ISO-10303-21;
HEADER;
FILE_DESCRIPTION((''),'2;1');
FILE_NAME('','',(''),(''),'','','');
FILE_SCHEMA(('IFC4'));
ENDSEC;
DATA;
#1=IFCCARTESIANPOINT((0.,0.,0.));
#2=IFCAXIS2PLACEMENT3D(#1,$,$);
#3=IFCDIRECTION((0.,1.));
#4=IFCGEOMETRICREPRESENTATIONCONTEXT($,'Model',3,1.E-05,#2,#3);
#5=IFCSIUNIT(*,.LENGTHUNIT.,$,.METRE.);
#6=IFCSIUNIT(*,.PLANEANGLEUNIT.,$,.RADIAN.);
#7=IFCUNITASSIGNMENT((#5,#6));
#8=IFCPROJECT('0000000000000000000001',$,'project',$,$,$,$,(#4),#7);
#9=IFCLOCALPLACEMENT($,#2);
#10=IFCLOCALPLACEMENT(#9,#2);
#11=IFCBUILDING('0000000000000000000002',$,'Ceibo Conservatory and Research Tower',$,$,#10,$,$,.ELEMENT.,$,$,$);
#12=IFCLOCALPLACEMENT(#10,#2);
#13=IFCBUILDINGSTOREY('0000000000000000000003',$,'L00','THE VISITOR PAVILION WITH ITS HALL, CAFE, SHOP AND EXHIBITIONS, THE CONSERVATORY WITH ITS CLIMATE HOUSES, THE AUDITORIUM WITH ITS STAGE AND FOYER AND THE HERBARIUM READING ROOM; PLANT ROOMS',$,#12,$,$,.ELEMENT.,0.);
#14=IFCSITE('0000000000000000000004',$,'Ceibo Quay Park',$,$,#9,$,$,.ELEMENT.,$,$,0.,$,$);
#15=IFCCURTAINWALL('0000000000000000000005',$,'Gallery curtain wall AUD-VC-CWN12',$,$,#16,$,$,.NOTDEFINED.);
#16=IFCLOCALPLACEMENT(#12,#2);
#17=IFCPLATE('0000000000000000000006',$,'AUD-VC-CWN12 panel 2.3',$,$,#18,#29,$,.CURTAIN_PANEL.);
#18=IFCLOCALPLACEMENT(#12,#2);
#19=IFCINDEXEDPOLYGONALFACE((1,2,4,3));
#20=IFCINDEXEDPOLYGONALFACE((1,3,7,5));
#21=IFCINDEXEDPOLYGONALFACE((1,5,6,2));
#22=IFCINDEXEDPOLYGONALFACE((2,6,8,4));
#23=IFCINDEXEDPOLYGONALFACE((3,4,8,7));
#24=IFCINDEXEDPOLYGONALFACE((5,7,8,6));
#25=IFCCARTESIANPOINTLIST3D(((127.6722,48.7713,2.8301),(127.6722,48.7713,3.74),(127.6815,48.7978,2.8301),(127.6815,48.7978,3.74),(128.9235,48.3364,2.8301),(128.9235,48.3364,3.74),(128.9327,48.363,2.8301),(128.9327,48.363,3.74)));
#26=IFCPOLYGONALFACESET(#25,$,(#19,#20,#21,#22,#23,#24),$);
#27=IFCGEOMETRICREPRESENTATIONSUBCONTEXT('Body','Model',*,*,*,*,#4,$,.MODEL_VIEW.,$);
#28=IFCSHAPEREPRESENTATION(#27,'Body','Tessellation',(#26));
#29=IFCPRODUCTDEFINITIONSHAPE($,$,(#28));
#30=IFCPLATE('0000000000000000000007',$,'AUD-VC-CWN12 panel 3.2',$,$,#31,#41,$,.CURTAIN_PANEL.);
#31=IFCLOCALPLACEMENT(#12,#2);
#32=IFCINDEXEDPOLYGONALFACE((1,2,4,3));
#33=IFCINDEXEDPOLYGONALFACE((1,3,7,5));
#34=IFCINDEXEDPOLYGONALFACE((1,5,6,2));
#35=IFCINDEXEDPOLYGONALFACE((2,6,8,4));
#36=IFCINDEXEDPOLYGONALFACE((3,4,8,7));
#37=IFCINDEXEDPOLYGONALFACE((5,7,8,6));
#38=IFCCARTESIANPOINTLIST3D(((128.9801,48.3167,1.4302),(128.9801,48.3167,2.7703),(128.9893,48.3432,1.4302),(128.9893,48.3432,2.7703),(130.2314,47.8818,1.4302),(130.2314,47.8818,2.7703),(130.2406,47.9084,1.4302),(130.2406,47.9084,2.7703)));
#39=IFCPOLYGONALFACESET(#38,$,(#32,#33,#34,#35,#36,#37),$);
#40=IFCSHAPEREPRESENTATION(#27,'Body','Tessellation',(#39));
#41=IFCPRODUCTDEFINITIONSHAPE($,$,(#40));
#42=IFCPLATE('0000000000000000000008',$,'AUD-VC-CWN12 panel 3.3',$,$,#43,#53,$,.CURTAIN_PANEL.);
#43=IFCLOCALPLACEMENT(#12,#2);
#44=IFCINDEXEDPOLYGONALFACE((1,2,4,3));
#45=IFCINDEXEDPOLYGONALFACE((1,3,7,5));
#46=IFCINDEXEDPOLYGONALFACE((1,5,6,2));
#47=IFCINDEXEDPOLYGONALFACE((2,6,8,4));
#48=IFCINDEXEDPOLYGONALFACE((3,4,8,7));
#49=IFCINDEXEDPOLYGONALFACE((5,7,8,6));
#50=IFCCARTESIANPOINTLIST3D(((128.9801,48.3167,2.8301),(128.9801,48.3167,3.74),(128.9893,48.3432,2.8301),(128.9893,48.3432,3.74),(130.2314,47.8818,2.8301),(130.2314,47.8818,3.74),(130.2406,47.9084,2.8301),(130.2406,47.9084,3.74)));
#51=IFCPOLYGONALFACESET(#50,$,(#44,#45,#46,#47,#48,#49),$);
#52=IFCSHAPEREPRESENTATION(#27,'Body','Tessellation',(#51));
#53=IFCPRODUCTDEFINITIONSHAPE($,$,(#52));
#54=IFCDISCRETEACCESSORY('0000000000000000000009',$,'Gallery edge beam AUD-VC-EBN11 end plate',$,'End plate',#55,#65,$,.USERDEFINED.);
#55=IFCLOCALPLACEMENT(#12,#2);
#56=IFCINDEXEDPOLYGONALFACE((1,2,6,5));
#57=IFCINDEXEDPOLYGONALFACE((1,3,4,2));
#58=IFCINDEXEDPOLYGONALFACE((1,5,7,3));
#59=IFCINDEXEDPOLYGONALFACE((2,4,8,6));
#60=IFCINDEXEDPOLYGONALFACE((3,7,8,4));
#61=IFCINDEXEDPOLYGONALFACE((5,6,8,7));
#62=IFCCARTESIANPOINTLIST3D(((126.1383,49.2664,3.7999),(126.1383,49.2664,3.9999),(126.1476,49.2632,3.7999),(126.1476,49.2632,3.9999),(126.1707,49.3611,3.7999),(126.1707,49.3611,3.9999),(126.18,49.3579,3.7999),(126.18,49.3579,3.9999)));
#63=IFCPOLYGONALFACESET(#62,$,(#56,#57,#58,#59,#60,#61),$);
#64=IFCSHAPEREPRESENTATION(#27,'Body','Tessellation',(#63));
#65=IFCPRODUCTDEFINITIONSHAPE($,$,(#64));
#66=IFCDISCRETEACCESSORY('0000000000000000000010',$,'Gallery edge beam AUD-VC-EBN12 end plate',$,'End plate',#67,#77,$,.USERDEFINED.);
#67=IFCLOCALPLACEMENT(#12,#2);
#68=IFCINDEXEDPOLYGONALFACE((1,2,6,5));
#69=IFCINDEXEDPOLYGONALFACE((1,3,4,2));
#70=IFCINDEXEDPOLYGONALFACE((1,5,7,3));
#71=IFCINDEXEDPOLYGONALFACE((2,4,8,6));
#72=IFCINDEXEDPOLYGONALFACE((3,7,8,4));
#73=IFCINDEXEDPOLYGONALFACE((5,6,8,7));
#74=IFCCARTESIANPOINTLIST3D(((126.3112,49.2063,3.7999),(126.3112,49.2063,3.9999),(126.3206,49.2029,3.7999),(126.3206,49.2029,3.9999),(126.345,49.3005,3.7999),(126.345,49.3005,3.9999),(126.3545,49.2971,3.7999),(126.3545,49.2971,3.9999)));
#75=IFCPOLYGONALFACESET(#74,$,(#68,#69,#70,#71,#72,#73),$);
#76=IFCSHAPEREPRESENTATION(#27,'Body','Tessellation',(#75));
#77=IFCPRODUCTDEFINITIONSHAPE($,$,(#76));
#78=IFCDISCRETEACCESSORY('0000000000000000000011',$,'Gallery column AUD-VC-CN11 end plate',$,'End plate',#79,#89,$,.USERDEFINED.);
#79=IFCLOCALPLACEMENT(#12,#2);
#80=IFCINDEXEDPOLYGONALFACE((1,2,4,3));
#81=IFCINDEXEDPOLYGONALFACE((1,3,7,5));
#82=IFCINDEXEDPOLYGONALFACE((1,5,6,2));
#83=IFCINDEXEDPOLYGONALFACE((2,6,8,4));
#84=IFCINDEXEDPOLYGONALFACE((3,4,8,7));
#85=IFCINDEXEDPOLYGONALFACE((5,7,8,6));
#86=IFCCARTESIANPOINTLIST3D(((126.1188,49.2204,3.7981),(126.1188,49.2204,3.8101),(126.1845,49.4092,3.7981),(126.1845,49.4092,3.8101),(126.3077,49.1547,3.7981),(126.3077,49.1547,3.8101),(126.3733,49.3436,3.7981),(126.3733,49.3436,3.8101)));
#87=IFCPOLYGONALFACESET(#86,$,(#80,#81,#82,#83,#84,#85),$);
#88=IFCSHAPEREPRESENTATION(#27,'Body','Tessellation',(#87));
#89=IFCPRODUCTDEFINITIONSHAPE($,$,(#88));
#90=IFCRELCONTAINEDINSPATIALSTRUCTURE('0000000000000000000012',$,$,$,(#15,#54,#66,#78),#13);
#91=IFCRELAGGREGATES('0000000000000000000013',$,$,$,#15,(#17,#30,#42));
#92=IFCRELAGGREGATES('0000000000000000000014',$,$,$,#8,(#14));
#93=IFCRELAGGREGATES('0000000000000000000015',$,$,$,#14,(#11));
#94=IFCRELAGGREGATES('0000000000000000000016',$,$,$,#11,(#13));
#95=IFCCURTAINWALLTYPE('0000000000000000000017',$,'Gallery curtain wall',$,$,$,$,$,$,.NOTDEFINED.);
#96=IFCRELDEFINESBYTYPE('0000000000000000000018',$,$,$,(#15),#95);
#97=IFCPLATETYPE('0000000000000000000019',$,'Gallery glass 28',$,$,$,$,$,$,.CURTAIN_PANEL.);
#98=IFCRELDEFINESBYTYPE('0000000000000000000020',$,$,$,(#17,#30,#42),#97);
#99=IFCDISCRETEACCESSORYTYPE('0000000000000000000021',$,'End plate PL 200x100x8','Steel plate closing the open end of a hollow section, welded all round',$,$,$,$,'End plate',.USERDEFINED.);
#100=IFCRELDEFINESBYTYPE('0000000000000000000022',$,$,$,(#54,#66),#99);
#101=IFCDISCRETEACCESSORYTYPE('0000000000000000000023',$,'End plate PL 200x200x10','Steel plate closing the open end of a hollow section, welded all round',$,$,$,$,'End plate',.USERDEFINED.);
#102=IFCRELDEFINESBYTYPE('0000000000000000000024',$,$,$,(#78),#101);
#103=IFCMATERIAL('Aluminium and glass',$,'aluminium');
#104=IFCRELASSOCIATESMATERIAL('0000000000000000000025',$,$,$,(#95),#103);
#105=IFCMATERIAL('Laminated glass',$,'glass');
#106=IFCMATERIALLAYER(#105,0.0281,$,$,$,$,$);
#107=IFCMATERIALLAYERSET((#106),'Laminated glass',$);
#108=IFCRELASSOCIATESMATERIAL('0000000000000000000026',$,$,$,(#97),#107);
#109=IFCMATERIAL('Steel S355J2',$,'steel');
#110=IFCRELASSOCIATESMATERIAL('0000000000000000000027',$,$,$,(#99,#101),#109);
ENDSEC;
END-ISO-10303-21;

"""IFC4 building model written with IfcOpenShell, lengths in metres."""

from ifc_helpers import new_model, si_unit, direction, frame, origin, origin_2d, place, context, subcontext, project, spatial, rectangle, extrude, material, layer, layer_set, material_profile, profile_set, type_object, element, aggregate, save


model = new_model("IFC4")

# Units and contexts
model_context = context("Model", 3, precision=1e-05, world=origin(), true_north=direction((0.0, 1.0)))
body_context = subcontext(model_context, "Body", "Model", "MODEL_VIEW")
ifc_project = project(units=[si_unit("LENGTHUNIT", "METRE"), si_unit("PLANEANGLEUNIT", "RADIAN")], contexts=[model_context])

# Site, building, storey
site_placement = place(None, origin())
site = spatial("IfcSite", under=ifc_project, at=site_placement, Name="Ceibo Quay Park", CompositionType="ELEMENT", RefElevation=0.0)
building_placement = place(site_placement, origin())
building = spatial("IfcBuilding", under=site, at=building_placement, Name="Ceibo Conservatory and Research Tower", CompositionType="ELEMENT")
storey_placement = place(building_placement, origin())
storey = spatial("IfcBuildingStorey", under=building, at=storey_placement, Name="L00", Description="THE VISITOR PAVILION WITH ITS HALL, CAFE, SHOP AND EXHIBITIONS, THE CONSERVATORY WITH ITS CLIMATE HOUSES, THE AUDITORIUM WITH ITS STAGE AND FOYER AND THE HERBARIUM READING ROOM; PLANT ROOMS", CompositionType="ELEMENT", Elevation=0.0)

# Shared definitions
ifc_material_1 = material(Name="Aluminium and glass", Category="aluminium")
curtain_wall_type = type_object("IfcCurtainWallType", Name="Gallery curtain wall", PredefinedType="NOTDEFINED", material=ifc_material_1)

# Curtain wall
curtain_wall_1_placement = place(storey_placement, origin())
curtain_wall_1 = element("IfcCurtainWall", 1, at=curtain_wall_1_placement, inside=storey, type_object=curtain_wall_type, Name="Gallery curtain wall AUD-VC-CWN12", PredefinedType="NOTDEFINED")

# Shared definitions
ifc_material_2 = material(Name="Steel S355J2", Category="steel")

# Plates
ifc_material_3 = material(Name="Laminated glass", Category="glass")
ifc_layer = layer(ifc_material_3, 0.0281)
ifc_layer_set = layer_set([ifc_layer], Name="Laminated glass")
plate_type = type_object("IfcPlateType", Name="Gallery glass 28", PredefinedType="CURTAIN_PANEL", material=ifc_layer_set)
plate_1_placement = place(storey_placement, frame((128.3025, 48.5671, 2.8301), z_axis=(0.0, 0.0, 1.0), x_axis=(0.944579, -0.328284, 0.0)))
plate_1 = element("IfcPlate", 2, at=plate_1_placement, type_object=plate_type, Name="AUD-VC-CWN12 panel 2.3", PredefinedType="CURTAIN_PANEL", context=body_context, shape_type="SweptSolid", body=[
    extrude(rectangle(XDim=1.3247, YDim=0.0281, at=origin_2d()), origin(), (0.0, 0.0, 1.0), 0.9099),
])
plate_2_placement = place(storey_placement, frame((129.6104, 48.1125, 1.4302), z_axis=(0.0, 0.0, 1.0), x_axis=(0.944579, -0.328284, 0.0)))
plate_2 = element("IfcPlate", 3, at=plate_2_placement, type_object=plate_type, Name="AUD-VC-CWN12 panel 3.2", PredefinedType="CURTAIN_PANEL", context=body_context, shape_type="SweptSolid", body=[
    extrude(rectangle(XDim=1.3247, YDim=0.0281, at=origin_2d()), origin(), (0.0, 0.0, 1.0), 1.3401),
])
plate_3_placement = place(storey_placement, frame((129.6104, 48.1125, 2.8301), z_axis=(0.0, 0.0, 1.0), x_axis=(0.944579, -0.328284, 0.0)))
plate_3 = element("IfcPlate", 4, at=plate_3_placement, type_object=plate_type, Name="AUD-VC-CWN12 panel 3.3", PredefinedType="CURTAIN_PANEL", context=body_context, shape_type="SweptSolid", body=[
    extrude(rectangle(XDim=1.3247, YDim=0.0281, at=origin_2d()), origin(), (0.0, 0.0, 1.0), 0.9099),
])
aggregate(curtain_wall_1, [plate_1, plate_2, plate_3])

# Discrete accessories
ifc_material_profile_1 = material_profile(ifc_material_2, rectangle(XDim=0.1001, YDim=0.2, at=origin_2d()), Name="End plate PL 200x100x8")
ifc_profile_set_1 = profile_set([ifc_material_profile_1], Name="Steel S355J2")
discrete_accessory_type_1 = type_object("IfcDiscreteAccessoryType", Name="End plate PL 200x100x8", Description="Steel plate closing the open end of a hollow section, welded all round", ElementType="End plate", PredefinedType="USERDEFINED", material=ifc_profile_set_1)
discrete_accessory_1_placement = place(storey_placement, frame((126.1545, 49.3137, 3.8999), z_axis=(0.946164, -0.323688, 0.0), x_axis=(0.323688, 0.946164, 0.0)))
element("IfcDiscreteAccessory", 5, at=discrete_accessory_1_placement, inside=storey, type_object=discrete_accessory_type_1, Name="Gallery edge beam AUD-VC-EBN11 end plate", ObjectType="End plate", PredefinedType="USERDEFINED", context=body_context, shape_type="SweptSolid", body=[
    extrude(rectangle(XDim=0.1001, YDim=0.2, at=origin_2d()), origin(), (0.0, 0.0, 1.0), 0.0098),
])
discrete_accessory_2_placement = place(storey_placement, frame((126.3281, 49.2534, 3.8999), z_axis=(0.941195, -0.337865, 0.0), x_axis=(0.337865, 0.941195, 0.0)))
element("IfcDiscreteAccessory", 6, at=discrete_accessory_2_placement, inside=storey, type_object=discrete_accessory_type_1, Name="Gallery edge beam AUD-VC-EBN12 end plate", ObjectType="End plate", PredefinedType="USERDEFINED", context=body_context, shape_type="SweptSolid", body=[
    extrude(rectangle(XDim=0.1001, YDim=0.2, at=origin_2d()), origin(), (0.0, 0.0, 1.0), 0.01),
])
ifc_material_profile_2 = material_profile(ifc_material_2, rectangle(XDim=0.2, YDim=0.2, at=origin_2d()), Name="End plate PL 200x200x10")
ifc_profile_set_2 = profile_set([ifc_material_profile_2], Name="Steel S355J2")
discrete_accessory_type_2 = type_object("IfcDiscreteAccessoryType", Name="End plate PL 200x200x10", Description="Steel plate closing the open end of a hollow section, welded all round", ElementType="End plate", PredefinedType="USERDEFINED", material=ifc_profile_set_2)
discrete_accessory_3_placement = place(storey_placement, frame((126.2461, 49.282, 3.7981), z_axis=(0.0, 0.0, 1.0), x_axis=(0.944579, -0.328284, 0.0)))
element("IfcDiscreteAccessory", 7, at=discrete_accessory_3_placement, inside=storey, type_object=discrete_accessory_type_2, Name="Gallery column AUD-VC-CN11 end plate", ObjectType="End plate", PredefinedType="USERDEFINED", context=body_context, shape_type="SweptSolid", body=[
    extrude(rectangle(XDim=0.2, YDim=0.2, at=origin_2d()), origin(), (0.0, 0.0, 1.0), 0.012),
])

save(model, "model.ifc")
